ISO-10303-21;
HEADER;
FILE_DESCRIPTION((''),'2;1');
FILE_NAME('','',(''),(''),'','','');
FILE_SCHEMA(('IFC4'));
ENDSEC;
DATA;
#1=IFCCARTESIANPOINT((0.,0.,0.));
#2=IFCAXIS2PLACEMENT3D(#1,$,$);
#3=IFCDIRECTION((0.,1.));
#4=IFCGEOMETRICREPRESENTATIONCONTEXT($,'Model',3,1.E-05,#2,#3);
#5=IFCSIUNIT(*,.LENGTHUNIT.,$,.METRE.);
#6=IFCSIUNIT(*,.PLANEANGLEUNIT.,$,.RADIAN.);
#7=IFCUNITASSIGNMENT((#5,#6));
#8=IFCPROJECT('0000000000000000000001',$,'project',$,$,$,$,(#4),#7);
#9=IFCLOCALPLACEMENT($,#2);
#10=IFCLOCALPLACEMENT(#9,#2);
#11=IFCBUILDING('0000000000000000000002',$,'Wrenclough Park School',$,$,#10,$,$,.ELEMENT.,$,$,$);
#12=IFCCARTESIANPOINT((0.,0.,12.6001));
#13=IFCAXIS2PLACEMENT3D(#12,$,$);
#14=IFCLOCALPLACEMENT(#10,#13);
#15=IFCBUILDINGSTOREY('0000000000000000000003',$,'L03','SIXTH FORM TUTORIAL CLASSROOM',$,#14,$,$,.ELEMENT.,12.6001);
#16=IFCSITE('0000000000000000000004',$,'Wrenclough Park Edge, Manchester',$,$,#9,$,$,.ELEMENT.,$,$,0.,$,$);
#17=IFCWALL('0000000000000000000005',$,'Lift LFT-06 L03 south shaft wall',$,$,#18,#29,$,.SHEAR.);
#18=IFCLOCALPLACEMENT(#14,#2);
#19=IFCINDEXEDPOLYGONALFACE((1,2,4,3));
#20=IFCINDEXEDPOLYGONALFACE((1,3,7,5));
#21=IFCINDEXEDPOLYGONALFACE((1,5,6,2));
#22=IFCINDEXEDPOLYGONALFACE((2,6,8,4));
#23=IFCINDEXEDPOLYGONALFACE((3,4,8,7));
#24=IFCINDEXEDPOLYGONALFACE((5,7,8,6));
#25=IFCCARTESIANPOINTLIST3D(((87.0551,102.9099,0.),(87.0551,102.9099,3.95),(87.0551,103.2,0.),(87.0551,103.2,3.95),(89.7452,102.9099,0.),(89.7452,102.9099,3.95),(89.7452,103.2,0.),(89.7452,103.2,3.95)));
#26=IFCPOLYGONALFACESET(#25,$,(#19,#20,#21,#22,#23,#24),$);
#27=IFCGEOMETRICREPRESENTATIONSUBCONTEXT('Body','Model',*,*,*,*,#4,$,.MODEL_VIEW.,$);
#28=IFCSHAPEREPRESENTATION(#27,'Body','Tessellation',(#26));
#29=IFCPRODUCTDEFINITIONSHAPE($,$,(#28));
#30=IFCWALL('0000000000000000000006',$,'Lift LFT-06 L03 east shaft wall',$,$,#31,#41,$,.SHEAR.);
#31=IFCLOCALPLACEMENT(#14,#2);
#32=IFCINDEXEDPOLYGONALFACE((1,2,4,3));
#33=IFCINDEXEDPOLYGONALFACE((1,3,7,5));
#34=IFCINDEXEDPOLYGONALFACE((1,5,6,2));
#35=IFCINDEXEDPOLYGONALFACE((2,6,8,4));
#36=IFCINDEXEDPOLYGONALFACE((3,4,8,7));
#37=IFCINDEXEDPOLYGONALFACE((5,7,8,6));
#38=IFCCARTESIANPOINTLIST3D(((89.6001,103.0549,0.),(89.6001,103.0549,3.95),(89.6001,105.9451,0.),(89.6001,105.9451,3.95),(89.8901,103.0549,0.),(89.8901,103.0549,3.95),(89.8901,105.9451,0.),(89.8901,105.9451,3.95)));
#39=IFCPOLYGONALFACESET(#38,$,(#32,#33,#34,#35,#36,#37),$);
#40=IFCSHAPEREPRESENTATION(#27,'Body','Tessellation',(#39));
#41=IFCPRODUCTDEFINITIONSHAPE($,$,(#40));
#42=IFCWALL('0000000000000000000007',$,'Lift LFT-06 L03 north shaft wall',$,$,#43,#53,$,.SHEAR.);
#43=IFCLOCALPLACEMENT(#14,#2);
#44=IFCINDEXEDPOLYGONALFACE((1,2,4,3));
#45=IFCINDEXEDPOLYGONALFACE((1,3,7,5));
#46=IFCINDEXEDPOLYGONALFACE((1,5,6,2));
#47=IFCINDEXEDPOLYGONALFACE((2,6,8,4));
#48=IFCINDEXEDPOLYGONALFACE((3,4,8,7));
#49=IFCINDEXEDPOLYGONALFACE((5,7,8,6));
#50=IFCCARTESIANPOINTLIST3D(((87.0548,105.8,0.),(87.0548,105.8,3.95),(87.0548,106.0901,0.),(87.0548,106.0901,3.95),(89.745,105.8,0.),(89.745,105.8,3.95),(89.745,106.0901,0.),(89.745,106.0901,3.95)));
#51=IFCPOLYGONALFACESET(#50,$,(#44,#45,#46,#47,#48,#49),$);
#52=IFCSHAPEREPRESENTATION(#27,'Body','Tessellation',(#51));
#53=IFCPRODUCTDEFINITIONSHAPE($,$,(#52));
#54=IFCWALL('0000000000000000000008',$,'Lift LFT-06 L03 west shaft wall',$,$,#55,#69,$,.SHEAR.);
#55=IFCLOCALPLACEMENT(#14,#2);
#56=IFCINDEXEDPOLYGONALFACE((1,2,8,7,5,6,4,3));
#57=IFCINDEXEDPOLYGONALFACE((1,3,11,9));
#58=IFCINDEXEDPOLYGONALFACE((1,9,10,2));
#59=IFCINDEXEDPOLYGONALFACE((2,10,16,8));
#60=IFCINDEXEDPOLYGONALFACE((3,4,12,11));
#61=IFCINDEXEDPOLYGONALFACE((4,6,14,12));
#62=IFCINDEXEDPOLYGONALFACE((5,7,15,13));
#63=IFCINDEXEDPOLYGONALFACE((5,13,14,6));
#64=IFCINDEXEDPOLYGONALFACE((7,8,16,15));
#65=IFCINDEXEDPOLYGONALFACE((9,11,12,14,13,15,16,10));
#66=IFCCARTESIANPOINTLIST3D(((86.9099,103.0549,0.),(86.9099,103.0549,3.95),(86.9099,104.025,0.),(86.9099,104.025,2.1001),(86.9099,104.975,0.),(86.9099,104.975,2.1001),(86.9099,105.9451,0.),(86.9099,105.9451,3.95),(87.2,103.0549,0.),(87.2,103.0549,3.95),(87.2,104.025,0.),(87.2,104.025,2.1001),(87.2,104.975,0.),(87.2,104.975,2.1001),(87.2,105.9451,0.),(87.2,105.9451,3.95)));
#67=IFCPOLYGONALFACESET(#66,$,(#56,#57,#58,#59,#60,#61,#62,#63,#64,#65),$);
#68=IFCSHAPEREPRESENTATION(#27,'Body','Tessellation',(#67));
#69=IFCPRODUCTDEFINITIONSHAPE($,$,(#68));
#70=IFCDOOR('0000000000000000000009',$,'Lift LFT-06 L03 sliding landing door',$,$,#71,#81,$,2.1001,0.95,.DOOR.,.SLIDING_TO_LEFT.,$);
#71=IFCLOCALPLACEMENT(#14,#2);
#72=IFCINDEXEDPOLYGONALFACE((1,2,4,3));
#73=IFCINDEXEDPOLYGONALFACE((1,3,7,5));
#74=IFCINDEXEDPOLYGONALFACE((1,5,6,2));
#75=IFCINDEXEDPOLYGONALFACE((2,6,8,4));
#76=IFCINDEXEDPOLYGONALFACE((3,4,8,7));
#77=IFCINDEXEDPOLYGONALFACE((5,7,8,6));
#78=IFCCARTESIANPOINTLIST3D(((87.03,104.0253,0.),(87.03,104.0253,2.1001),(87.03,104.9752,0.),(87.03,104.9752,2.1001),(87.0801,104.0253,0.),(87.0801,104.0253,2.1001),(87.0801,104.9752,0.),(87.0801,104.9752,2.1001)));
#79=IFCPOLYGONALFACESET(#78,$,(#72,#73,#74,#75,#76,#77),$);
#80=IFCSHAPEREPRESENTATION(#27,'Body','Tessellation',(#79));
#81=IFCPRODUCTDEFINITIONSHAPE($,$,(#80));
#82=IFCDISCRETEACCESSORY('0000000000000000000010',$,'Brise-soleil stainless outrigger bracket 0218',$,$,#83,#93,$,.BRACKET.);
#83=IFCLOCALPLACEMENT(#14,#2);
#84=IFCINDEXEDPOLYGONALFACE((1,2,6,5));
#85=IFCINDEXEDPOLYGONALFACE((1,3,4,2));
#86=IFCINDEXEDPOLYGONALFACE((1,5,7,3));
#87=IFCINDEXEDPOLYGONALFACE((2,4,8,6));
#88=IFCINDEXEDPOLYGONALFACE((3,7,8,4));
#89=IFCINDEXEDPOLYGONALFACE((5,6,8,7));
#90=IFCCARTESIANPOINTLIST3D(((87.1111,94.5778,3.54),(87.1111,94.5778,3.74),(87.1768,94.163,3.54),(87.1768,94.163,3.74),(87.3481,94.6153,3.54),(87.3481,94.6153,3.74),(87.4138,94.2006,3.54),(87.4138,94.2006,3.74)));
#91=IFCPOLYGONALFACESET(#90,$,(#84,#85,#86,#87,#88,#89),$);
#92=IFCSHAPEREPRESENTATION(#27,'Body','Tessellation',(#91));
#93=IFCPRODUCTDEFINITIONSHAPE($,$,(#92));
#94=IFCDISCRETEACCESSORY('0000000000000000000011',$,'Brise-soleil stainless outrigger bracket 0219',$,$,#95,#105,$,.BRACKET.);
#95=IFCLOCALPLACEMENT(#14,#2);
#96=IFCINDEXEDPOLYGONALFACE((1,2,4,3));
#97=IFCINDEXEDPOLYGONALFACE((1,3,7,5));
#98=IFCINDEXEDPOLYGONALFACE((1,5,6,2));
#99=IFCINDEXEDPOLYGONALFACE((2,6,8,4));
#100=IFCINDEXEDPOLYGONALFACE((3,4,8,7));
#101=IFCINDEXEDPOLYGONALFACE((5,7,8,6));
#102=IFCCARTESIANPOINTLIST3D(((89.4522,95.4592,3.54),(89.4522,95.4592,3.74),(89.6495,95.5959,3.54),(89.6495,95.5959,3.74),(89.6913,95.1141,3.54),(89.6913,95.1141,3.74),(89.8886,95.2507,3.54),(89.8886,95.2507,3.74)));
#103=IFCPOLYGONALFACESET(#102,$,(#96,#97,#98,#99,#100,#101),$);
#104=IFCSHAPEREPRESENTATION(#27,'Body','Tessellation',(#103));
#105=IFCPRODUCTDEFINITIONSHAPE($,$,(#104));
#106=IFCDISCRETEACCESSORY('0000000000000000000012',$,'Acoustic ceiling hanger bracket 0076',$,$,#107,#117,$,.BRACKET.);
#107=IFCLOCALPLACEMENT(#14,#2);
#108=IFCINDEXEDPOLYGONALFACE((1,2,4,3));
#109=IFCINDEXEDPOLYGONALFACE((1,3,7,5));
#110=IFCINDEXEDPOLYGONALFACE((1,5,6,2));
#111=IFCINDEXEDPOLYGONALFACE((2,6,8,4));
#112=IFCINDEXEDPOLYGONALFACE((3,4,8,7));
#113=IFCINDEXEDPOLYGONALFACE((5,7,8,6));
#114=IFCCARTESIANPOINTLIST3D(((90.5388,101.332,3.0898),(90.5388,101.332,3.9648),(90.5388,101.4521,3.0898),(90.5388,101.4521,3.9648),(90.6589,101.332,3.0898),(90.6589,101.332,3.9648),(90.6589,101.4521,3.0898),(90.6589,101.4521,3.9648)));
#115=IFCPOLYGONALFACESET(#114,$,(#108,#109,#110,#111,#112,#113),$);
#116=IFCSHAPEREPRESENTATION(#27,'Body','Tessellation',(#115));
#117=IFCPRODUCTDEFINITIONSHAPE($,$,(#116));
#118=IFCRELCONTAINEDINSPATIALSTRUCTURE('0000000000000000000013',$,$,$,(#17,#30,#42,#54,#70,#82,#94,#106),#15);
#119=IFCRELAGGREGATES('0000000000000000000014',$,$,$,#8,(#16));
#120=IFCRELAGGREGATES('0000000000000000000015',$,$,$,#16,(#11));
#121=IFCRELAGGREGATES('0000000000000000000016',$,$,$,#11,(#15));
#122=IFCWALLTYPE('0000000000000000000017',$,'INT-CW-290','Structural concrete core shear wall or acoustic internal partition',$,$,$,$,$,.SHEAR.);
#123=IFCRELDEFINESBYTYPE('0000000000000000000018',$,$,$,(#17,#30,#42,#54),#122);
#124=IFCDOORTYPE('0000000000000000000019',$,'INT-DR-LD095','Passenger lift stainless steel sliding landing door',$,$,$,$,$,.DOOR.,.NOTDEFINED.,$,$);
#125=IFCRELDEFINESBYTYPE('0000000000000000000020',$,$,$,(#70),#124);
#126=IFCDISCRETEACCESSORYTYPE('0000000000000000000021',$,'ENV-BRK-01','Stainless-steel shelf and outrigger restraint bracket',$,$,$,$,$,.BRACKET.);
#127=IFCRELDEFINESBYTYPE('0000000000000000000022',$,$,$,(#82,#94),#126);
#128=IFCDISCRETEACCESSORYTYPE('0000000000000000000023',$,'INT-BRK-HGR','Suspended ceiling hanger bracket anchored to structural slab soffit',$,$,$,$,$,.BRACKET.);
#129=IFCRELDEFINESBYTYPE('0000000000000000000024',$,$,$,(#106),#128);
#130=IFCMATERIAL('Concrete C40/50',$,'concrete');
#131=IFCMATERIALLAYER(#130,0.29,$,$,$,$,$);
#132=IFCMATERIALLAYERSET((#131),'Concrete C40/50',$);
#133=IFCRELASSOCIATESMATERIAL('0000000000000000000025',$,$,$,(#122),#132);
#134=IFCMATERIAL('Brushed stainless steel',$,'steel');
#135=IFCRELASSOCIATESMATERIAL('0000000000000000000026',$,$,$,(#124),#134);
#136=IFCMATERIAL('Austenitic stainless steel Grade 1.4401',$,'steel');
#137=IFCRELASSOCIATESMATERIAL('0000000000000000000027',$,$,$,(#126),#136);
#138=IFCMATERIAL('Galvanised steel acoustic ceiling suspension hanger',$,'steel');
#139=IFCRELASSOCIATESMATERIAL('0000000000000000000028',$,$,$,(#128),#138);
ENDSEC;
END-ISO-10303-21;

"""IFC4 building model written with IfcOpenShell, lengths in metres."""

from ifc_helpers import new_model, si_unit, direction, frame, frame_2d, origin, origin_2d, place, context, subcontext, project, spatial, rectangle, extrude, material, layer, layer_set, type_object, element, fill, save


model = new_model("IFC4")

# Units and contexts
model_context = context("Model", 3, precision=1e-05, world=origin(), true_north=direction((0.0, 1.0)))
body_context = subcontext(model_context, "Body", "Model", "MODEL_VIEW")
ifc_project = project(units=[si_unit("LENGTHUNIT", "METRE"), si_unit("PLANEANGLEUNIT", "RADIAN")], contexts=[model_context])

# Site, building, storey
site_placement = place(None, origin())
site = spatial("IfcSite", under=ifc_project, at=site_placement, Name="Wrenclough Park Edge, Manchester", CompositionType="ELEMENT", RefElevation=0.0)
building_placement = place(site_placement, origin())
building = spatial("IfcBuilding", under=site, at=building_placement, Name="Wrenclough Park School", CompositionType="ELEMENT")
storey_placement = place(building_placement, frame((0.0, 0.0, 12.6001)))
storey = spatial("IfcBuildingStorey", under=building, at=storey_placement, Name="L03", Description="SIXTH FORM TUTORIAL CLASSROOM", CompositionType="ELEMENT", Elevation=12.6001)

# Walls
ifc_material_1 = material(Name="Concrete C40/50", Category="concrete")
ifc_layer_1 = layer(ifc_material_1, 0.29)
ifc_layer_set_1 = layer_set([ifc_layer_1], Name="Concrete C40/50")
wall_type_1 = type_object("IfcWallType", Name="INT-CW-290", Description="Structural concrete core shear wall or acoustic internal partition", PredefinedType="SHEAR", material=ifc_layer_set_1)
wall_1_placement = place(storey_placement, frame((87.0549, 103.0549, 0.0), z_axis=(0.0, 0.0, 1.0), x_axis=(1.0, 0.0, 0.0)))
element("IfcWall", 1, at=wall_1_placement, inside=storey, type_object=wall_type_1, Name="Lift LFT-06 L03 south shaft wall", PredefinedType="SHEAR", context=body_context, shape_type="SweptSolid", body=[
    extrude(rectangle(XDim=2.6902, YDim=0.29, at=frame_2d((1.3452, 0.0))), origin(), (0.0, 0.0, 1.0), 3.95),
])
wall_2_placement = place(storey_placement, frame((89.7451, 103.0549, 0.0), z_axis=(0.0, 0.0, 1.0), x_axis=(0.0, 1.0, 0.0)))
element("IfcWall", 2, at=wall_2_placement, inside=storey, type_object=wall_type_1, Name="Lift LFT-06 L03 east shaft wall", PredefinedType="SHEAR", context=body_context, shape_type="SweptSolid", body=[
    extrude(rectangle(XDim=2.8901, YDim=0.29, at=frame_2d((1.4451, 0.0))), origin(), (0.0, 0.0, 1.0), 3.95),
])
wall_3_placement = place(storey_placement, frame((89.7451, 105.9451, 0.0), z_axis=(0.0, 0.0, 1.0), x_axis=(-1.0, 0.0, 0.0)))
element("IfcWall", 3, at=wall_3_placement, inside=storey, type_object=wall_type_1, Name="Lift LFT-06 L03 north shaft wall", PredefinedType="SHEAR", context=body_context, shape_type="SweptSolid", body=[
    extrude(rectangle(XDim=2.6902, YDim=0.29, at=frame_2d((1.3452, 0.0))), origin(), (0.0, 0.0, 1.0), 3.95),
])

# Wall, opening, door
wall_4_placement = place(storey_placement, frame((87.0549, 105.9451, 0.0), z_axis=(0.0, 0.0, 1.0), x_axis=(0.0, -1.0, 0.0)))
wall_4 = element("IfcWall", 4, at=wall_4_placement, inside=storey, type_object=wall_type_1, Name="Lift LFT-06 L03 west shaft wall", PredefinedType="SHEAR", context=body_context, shape_type="SweptSolid", body=[
    extrude(rectangle(XDim=2.8901, YDim=0.29, at=frame_2d((1.4451, 0.0))), origin(), (0.0, 0.0, 1.0), 3.95),
])
opening_1_placement = place(wall_4_placement, frame((0.97, 0.0, 0.0)))
opening_1 = element("IfcOpeningElement", 5, at=opening_1_placement, cuts=wall_4, PredefinedType="OPENING", context=body_context, shape_type="SweptSolid", body=[
    extrude(rectangle(XDim=0.95, YDim=2.1001, at=frame_2d((0.4751, 1.05))), frame((0.0, 0.155, 0.0), z_axis=(0.0, -1.0, 0.0), x_axis=(1.0, 0.0, 0.0)), (0.0, 0.0, 1.0), 0.3101),
])
ifc_material_2 = material(Name="Brushed stainless steel", Category="steel")
door_type = type_object("IfcDoorType", Name="INT-DR-LD095", Description="Passenger lift stainless steel sliding landing door", OperationType="NOTDEFINED", PredefinedType="DOOR", material=ifc_material_2)
door_placement = place(opening_1_placement, frame((0.95, 0.0, 0.0), z_axis=(0.0, 0.0, 1.0), x_axis=(-1.0, 0.0, 0.0)))
door = element("IfcDoor", 6, at=door_placement, inside=storey, type_object=door_type, Name="Lift LFT-06 L03 sliding landing door", OperationType="SLIDING_TO_LEFT", OverallHeight=2.1001, OverallWidth=0.95, PredefinedType="DOOR", context=body_context, shape_type="SweptSolid", body=[
    extrude(rectangle(XDim=0.95, YDim=2.1001, at=frame_2d((0.4751, 1.05))), frame((0.0, 0.0249, 0.0), z_axis=(0.0, -1.0, 0.0), x_axis=(1.0, 0.0, 0.0)), (0.0, 0.0, 1.0), 0.05),
])
fill(opening_1, door)

# Discrete accessories
ifc_material_3 = material(Name="Austenitic stainless steel Grade 1.4401", Category="steel")
discrete_accessory_type_1 = type_object("IfcDiscreteAccessoryType", Name="ENV-BRK-01", Description="Stainless-steel shelf and outrigger restraint bracket", PredefinedType="BRACKET", material=ifc_material_3)
for number, where, z_axis, x_axis, name in (
    (7, (87.2625, 94.3892, 3.54), (0.0, 0.0, 1.0), (0.987688, 0.156436, 0.0), "Brise-soleil stainless outrigger bracket 0218"),
    (8, (89.6704, 95.355, 3.54), (0.0, 0.0, 1.0), (0.822008, 0.569476, 0.0), "Brise-soleil stainless outrigger bracket 0219"),
):
    element("IfcDiscreteAccessory", number, at=place(storey_placement, frame(where, z_axis=z_axis, x_axis=x_axis)), inside=storey, type_object=discrete_accessory_type_1, Name=name, PredefinedType="BRACKET", context=body_context, shape_type="SweptSolid", body=[
        extrude(rectangle(XDim=0.24, YDim=0.4199, at=origin_2d()), origin(), (0.0, 0.0, 1.0), 0.2),
    ])
ifc_material_4 = material(Name="Galvanised steel acoustic ceiling suspension hanger", Category="steel")
discrete_accessory_type_2 = type_object("IfcDiscreteAccessoryType", Name="INT-BRK-HGR", Description="Suspended ceiling hanger bracket anchored to structural slab soffit", PredefinedType="BRACKET", material=ifc_material_4)
discrete_accessory_placement = place(storey_placement, frame((90.5989, 101.3921, 3.0898), z_axis=(0.0, 0.0, 1.0), x_axis=(1.0, 0.0, 0.0)))
element("IfcDiscreteAccessory", 9, at=discrete_accessory_placement, inside=storey, type_object=discrete_accessory_type_2, Name="Acoustic ceiling hanger bracket 0076", PredefinedType="BRACKET", context=body_context, shape_type="SweptSolid", body=[
    extrude(rectangle(XDim=0.1201, YDim=0.1201, at=origin_2d()), origin(), (0.0, 0.0, 1.0), 0.875),
])

save(model, "model.ifc")
